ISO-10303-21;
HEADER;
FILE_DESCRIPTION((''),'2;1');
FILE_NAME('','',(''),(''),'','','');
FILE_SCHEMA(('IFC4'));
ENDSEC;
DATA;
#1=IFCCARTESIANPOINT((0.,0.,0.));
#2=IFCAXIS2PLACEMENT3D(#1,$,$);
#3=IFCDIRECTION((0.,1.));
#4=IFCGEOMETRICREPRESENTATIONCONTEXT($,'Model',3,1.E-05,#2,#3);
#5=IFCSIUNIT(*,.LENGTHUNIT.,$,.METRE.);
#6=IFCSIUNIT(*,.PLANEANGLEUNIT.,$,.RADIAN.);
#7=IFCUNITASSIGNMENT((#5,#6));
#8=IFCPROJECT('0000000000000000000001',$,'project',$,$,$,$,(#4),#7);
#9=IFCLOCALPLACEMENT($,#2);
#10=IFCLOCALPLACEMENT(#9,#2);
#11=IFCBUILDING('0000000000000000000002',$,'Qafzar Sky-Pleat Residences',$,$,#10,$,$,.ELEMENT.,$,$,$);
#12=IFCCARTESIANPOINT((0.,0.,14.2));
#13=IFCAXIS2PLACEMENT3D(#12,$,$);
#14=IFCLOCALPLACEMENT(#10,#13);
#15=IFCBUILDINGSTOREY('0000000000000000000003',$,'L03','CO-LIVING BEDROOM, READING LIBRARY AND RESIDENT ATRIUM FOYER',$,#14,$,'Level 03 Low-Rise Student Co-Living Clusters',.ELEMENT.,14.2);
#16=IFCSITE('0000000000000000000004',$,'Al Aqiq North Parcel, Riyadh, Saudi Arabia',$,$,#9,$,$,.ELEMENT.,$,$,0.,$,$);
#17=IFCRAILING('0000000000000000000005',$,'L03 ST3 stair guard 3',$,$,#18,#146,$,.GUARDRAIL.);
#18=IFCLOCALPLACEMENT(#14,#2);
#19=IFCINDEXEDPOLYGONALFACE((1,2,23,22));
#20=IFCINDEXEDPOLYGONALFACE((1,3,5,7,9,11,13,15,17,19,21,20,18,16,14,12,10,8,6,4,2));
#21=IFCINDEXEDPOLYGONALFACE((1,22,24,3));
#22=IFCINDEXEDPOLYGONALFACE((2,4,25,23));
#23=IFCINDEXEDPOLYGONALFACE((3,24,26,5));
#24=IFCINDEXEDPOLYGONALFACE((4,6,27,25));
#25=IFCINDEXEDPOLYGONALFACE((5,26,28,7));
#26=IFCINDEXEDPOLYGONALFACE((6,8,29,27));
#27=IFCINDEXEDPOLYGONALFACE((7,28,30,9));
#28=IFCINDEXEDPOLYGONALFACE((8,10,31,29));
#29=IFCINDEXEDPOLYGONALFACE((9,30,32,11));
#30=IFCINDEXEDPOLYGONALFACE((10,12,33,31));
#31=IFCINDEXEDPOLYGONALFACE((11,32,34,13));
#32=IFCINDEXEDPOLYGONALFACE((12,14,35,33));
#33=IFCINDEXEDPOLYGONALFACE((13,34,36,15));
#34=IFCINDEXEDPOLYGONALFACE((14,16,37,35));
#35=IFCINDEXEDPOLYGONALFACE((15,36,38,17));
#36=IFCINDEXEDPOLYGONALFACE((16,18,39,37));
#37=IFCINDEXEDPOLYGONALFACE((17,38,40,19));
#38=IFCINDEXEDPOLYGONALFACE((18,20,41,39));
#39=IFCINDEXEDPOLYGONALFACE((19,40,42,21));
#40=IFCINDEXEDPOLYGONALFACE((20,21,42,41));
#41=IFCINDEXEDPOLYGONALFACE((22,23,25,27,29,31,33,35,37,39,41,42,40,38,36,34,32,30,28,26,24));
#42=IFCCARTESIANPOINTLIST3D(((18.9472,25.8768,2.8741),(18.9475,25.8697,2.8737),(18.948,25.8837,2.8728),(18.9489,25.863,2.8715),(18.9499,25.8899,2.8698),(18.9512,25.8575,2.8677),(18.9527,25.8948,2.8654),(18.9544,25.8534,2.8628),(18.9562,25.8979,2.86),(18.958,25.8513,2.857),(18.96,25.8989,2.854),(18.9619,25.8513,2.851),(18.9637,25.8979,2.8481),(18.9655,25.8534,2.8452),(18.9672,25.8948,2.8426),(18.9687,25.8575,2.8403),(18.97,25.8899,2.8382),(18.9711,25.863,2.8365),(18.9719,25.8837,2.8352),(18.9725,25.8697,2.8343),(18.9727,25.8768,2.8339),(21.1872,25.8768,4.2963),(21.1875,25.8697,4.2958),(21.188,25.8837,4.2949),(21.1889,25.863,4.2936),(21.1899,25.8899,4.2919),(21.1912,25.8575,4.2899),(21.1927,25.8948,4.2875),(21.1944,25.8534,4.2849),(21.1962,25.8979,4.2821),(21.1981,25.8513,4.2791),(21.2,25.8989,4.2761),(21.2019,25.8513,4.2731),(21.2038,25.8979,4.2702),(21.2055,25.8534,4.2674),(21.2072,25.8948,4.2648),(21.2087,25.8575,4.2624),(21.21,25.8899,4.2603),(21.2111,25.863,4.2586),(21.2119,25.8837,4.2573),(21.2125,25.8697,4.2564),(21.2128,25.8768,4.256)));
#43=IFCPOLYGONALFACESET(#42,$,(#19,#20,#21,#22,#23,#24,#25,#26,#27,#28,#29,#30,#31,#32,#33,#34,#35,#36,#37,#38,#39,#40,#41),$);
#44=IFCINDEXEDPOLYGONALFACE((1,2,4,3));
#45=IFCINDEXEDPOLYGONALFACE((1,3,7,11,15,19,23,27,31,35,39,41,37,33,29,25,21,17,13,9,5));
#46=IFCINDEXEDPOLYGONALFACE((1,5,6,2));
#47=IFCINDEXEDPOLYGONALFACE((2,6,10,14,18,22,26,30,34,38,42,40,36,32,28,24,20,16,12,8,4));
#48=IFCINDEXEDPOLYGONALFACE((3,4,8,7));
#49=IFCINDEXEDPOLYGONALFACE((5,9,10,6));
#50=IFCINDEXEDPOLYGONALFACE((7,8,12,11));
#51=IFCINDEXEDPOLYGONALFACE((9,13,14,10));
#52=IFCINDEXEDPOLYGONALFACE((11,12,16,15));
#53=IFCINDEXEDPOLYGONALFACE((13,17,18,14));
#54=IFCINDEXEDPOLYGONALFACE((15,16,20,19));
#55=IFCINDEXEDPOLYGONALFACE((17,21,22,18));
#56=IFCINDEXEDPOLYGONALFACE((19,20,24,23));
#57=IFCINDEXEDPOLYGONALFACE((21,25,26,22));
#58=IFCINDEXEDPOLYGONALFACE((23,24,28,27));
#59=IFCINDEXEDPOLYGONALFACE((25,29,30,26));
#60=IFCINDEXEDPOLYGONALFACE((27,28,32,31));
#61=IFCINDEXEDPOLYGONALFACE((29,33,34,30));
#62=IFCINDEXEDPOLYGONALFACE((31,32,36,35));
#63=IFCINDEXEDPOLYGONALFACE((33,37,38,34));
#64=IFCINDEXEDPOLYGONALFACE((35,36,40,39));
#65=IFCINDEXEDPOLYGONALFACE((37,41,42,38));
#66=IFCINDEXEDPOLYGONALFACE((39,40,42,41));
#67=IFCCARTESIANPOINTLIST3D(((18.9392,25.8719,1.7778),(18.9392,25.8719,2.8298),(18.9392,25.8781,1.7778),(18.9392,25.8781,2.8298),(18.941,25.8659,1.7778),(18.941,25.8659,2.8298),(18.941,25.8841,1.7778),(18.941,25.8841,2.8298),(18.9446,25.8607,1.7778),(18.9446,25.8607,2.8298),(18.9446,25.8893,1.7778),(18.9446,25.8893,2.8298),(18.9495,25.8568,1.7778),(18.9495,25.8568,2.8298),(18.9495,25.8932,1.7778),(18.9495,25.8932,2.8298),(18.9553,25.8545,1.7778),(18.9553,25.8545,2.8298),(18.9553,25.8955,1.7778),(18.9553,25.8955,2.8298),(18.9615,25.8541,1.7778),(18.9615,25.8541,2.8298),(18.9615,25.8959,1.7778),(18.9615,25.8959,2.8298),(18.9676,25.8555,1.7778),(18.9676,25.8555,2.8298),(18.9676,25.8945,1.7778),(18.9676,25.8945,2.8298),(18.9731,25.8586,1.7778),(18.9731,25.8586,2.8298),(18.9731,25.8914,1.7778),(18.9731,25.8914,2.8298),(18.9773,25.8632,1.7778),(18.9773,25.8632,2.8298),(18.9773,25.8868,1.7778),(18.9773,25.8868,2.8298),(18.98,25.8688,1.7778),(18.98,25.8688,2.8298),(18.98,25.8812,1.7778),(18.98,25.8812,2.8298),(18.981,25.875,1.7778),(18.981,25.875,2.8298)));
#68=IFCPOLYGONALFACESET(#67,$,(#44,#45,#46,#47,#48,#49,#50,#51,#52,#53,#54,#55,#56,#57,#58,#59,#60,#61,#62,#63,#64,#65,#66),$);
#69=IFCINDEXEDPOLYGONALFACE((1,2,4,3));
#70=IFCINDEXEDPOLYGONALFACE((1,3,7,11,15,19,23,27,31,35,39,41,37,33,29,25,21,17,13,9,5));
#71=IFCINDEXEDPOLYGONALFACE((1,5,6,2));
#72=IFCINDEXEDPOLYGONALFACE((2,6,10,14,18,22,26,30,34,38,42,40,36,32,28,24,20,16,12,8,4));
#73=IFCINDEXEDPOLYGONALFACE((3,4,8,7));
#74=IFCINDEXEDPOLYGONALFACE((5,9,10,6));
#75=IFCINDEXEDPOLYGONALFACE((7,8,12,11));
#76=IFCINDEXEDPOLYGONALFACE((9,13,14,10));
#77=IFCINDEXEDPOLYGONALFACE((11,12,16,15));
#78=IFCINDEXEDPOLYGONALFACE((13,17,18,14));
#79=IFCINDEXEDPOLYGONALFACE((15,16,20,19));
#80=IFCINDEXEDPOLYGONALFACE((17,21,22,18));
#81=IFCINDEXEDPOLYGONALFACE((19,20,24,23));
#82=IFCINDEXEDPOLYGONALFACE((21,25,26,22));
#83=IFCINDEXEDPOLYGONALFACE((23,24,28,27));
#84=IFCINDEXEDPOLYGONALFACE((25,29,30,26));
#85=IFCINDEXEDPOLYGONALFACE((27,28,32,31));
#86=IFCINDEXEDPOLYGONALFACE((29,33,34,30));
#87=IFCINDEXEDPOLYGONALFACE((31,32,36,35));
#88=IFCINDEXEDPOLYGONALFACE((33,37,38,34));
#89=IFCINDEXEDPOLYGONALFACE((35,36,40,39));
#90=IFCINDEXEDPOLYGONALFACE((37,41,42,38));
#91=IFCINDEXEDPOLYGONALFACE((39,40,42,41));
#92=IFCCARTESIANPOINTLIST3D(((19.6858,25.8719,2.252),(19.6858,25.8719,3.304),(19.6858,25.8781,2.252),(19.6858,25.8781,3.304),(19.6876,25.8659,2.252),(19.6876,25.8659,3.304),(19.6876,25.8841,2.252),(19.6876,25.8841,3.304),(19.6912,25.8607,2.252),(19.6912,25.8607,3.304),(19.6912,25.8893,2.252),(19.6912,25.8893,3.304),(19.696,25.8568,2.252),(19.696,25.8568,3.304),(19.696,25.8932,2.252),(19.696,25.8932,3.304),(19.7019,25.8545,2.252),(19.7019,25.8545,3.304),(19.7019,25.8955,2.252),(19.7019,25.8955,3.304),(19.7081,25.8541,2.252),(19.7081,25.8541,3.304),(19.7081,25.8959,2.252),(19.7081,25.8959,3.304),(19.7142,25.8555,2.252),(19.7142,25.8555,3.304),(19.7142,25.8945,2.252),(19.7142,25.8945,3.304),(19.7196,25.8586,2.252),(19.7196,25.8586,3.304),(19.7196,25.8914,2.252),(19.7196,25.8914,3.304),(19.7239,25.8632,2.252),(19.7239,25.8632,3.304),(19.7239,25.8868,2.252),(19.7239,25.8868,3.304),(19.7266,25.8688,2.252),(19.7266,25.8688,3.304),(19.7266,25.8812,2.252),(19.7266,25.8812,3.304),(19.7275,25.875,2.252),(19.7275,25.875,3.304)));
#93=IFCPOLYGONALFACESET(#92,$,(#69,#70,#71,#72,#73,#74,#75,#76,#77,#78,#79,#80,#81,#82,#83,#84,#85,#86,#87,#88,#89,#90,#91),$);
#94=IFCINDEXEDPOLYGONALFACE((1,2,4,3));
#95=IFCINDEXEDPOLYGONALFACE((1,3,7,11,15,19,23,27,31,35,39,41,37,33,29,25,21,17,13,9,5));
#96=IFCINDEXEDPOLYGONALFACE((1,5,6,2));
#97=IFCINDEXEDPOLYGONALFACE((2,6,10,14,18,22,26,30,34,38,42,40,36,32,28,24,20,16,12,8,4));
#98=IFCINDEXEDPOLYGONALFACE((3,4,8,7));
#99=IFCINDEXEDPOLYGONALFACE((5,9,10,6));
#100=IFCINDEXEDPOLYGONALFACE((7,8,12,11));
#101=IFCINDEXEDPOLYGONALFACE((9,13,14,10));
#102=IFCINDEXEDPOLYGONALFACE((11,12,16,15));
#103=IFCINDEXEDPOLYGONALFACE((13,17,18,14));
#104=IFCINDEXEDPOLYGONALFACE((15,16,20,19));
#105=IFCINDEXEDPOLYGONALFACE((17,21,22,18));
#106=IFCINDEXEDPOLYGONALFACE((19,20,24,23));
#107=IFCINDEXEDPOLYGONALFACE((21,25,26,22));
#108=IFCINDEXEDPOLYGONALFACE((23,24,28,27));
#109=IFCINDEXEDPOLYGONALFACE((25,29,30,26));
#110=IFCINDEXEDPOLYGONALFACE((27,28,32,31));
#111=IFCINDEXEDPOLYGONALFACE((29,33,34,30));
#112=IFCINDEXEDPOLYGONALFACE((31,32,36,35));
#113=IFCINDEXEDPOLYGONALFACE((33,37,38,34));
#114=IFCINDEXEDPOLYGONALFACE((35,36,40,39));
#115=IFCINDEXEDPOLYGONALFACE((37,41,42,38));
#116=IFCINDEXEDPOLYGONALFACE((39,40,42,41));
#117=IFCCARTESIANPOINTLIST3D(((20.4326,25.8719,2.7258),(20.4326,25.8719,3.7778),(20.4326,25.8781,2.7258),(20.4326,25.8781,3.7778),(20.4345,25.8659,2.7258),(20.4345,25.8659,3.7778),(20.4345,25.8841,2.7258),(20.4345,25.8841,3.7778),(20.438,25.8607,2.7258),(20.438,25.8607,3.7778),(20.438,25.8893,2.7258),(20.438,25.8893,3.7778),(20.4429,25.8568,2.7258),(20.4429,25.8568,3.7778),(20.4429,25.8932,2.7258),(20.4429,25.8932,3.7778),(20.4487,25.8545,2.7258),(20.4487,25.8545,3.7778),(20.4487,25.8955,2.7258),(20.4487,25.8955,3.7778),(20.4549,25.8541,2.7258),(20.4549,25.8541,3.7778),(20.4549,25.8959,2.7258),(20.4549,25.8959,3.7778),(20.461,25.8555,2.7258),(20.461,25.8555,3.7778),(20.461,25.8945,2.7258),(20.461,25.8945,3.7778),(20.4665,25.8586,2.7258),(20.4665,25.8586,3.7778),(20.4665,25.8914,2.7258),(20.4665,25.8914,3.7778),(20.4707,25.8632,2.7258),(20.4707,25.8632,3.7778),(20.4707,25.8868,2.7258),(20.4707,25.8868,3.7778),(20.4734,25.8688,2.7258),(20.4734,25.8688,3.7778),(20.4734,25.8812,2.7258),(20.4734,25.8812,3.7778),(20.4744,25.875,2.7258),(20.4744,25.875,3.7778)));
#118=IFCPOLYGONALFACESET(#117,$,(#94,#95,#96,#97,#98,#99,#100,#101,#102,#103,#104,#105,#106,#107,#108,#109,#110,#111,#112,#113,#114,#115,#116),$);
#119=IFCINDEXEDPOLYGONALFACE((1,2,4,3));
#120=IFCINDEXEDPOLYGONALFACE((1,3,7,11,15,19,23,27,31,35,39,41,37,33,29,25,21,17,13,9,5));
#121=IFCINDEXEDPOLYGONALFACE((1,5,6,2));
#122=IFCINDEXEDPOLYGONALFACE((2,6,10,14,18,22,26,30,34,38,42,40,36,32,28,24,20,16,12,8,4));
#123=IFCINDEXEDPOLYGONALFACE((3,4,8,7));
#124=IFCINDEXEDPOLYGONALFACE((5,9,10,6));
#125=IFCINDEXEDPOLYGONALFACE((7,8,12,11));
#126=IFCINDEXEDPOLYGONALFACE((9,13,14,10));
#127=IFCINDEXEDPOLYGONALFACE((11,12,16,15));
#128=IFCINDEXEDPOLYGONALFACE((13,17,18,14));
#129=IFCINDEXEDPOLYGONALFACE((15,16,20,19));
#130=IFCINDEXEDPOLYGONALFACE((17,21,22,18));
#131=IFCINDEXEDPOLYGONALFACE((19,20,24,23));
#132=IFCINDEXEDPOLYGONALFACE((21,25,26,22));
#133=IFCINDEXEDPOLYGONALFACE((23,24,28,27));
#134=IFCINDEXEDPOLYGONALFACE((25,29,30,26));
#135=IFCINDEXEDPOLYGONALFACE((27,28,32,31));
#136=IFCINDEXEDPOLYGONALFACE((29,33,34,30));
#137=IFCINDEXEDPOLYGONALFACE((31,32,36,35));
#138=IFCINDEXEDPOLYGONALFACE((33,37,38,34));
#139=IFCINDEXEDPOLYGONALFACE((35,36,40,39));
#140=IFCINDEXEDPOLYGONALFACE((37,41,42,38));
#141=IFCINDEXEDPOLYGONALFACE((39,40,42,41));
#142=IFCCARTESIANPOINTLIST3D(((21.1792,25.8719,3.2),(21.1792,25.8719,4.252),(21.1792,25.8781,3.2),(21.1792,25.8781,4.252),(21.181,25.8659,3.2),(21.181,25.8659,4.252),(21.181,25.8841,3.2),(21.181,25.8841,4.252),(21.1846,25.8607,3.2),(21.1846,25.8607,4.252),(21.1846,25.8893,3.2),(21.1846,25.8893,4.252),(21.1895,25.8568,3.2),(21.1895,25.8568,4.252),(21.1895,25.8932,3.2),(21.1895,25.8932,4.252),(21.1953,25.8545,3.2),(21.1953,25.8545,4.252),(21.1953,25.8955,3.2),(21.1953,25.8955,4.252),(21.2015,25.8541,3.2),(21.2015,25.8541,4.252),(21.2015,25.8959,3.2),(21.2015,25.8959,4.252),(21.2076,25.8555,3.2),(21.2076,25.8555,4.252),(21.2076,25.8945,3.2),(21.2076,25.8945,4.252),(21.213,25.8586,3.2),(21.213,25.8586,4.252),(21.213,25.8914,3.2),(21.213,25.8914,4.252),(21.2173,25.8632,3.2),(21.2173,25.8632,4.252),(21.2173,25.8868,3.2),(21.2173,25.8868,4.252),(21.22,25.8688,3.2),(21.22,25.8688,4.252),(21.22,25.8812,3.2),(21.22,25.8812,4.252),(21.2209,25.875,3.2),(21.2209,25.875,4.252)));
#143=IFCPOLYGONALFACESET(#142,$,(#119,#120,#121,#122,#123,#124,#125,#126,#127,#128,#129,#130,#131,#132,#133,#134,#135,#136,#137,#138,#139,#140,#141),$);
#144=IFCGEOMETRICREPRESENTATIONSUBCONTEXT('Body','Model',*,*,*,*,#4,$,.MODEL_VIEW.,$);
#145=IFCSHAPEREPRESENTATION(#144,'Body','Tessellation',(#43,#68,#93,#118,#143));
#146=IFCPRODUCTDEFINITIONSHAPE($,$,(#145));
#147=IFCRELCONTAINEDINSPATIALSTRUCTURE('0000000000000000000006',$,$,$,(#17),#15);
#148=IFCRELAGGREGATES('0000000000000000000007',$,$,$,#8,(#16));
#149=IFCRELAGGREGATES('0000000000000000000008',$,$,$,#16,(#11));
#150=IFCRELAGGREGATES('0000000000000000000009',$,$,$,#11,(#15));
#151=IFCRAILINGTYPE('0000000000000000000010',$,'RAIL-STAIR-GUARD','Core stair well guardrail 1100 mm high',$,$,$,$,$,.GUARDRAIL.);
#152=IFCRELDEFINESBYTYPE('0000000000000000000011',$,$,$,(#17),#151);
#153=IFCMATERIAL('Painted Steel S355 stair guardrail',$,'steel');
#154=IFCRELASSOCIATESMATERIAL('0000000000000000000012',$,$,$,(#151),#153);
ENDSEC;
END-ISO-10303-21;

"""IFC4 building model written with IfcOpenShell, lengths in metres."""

from ifc_helpers import new_model, si_unit, direction, frame, origin, origin_2d, place, context, subcontext, project, spatial, circle, extrude, source, transform, mapped, material, type_object, element, save


model = new_model("IFC4")

# Units and contexts
model_context = context("Model", 3, precision=1e-05, world=origin(), true_north=direction((0.0, 1.0)))
body_context = subcontext(model_context, "Body", "Model", "MODEL_VIEW")
ifc_project = project(units=[si_unit("LENGTHUNIT", "METRE"), si_unit("PLANEANGLEUNIT", "RADIAN")], contexts=[model_context])

# Site, building, storey
site_placement = place(None, origin())
site = spatial("IfcSite", under=ifc_project, at=site_placement, Name="Al Aqiq North Parcel, Riyadh, Saudi Arabia", CompositionType="ELEMENT", RefElevation=0.0)
building_placement = place(site_placement, origin())
building = spatial("IfcBuilding", under=site, at=building_placement, Name="Qafzar Sky-Pleat Residences", CompositionType="ELEMENT")
storey_placement = place(building_placement, frame((0.0, 0.0, 14.2)))
storey = spatial("IfcBuildingStorey", under=building, at=storey_placement, Name="L03", Description="CO-LIVING BEDROOM, READING LIBRARY AND RESIDENT ATRIUM FOYER", LongName="Level 03 Low-Rise Student Co-Living Clusters", CompositionType="ELEMENT", Elevation=14.2)

# Railing
ifc_material_1 = material(Name="Painted Steel S355 stair guardrail", Category="steel")
railing_type = type_object("IfcRailingType", Name="RAIL-STAIR-GUARD", Description="Core stair well guardrail 1100 mm high", PredefinedType="GUARDRAIL", material=ifc_material_1)
shared_shape_1 = source(origin(), body_context, "Body", "SweptSolid", [
    extrude(circle(Radius=0.0239, at=origin_2d()), frame((0.0, 0.0, 1.0762), z_axis=(0.844229, 0.0, 0.535982), x_axis=(0.0, 1.0, 0.0)), (0.0, 0.0, 1.0), 2.6533),
    extrude(circle(Radius=0.021, at=origin_2d()), origin(), (0.0, 0.0, 1.0), 1.052),
    extrude(circle(Radius=0.021, at=origin_2d()), frame((0.7466, 0.0, 0.4741)), (0.0, 0.0, 1.0), 1.052),
    extrude(circle(Radius=0.021, at=origin_2d()), frame((1.4934, 0.0, 0.948)), (0.0, 0.0, 1.0), 1.052),
    extrude(circle(Radius=0.021, at=origin_2d()), frame((2.24, 0.0, 1.4221)), (0.0, 0.0, 1.0), 1.052),
])
railing_1_placement = place(storey_placement, frame((18.96, 25.875, 1.7778)))
element("IfcRailing", 1, at=railing_1_placement, inside=storey, type_object=railing_type, Name="L03 ST3 stair guard 3", PredefinedType="GUARDRAIL", context=body_context, shape_type="MappedRepresentation", body=[
    mapped(shared_shape_1, transform((0.0, 0.0, 0.0), x_axis=(1.0, 0.0, 0.0), y_axis=(0.0, 1.0, 0.0), z_axis=(0.0, 0.0, 1.0), scale=1.0)),
])

save(model, "model.ifc")
